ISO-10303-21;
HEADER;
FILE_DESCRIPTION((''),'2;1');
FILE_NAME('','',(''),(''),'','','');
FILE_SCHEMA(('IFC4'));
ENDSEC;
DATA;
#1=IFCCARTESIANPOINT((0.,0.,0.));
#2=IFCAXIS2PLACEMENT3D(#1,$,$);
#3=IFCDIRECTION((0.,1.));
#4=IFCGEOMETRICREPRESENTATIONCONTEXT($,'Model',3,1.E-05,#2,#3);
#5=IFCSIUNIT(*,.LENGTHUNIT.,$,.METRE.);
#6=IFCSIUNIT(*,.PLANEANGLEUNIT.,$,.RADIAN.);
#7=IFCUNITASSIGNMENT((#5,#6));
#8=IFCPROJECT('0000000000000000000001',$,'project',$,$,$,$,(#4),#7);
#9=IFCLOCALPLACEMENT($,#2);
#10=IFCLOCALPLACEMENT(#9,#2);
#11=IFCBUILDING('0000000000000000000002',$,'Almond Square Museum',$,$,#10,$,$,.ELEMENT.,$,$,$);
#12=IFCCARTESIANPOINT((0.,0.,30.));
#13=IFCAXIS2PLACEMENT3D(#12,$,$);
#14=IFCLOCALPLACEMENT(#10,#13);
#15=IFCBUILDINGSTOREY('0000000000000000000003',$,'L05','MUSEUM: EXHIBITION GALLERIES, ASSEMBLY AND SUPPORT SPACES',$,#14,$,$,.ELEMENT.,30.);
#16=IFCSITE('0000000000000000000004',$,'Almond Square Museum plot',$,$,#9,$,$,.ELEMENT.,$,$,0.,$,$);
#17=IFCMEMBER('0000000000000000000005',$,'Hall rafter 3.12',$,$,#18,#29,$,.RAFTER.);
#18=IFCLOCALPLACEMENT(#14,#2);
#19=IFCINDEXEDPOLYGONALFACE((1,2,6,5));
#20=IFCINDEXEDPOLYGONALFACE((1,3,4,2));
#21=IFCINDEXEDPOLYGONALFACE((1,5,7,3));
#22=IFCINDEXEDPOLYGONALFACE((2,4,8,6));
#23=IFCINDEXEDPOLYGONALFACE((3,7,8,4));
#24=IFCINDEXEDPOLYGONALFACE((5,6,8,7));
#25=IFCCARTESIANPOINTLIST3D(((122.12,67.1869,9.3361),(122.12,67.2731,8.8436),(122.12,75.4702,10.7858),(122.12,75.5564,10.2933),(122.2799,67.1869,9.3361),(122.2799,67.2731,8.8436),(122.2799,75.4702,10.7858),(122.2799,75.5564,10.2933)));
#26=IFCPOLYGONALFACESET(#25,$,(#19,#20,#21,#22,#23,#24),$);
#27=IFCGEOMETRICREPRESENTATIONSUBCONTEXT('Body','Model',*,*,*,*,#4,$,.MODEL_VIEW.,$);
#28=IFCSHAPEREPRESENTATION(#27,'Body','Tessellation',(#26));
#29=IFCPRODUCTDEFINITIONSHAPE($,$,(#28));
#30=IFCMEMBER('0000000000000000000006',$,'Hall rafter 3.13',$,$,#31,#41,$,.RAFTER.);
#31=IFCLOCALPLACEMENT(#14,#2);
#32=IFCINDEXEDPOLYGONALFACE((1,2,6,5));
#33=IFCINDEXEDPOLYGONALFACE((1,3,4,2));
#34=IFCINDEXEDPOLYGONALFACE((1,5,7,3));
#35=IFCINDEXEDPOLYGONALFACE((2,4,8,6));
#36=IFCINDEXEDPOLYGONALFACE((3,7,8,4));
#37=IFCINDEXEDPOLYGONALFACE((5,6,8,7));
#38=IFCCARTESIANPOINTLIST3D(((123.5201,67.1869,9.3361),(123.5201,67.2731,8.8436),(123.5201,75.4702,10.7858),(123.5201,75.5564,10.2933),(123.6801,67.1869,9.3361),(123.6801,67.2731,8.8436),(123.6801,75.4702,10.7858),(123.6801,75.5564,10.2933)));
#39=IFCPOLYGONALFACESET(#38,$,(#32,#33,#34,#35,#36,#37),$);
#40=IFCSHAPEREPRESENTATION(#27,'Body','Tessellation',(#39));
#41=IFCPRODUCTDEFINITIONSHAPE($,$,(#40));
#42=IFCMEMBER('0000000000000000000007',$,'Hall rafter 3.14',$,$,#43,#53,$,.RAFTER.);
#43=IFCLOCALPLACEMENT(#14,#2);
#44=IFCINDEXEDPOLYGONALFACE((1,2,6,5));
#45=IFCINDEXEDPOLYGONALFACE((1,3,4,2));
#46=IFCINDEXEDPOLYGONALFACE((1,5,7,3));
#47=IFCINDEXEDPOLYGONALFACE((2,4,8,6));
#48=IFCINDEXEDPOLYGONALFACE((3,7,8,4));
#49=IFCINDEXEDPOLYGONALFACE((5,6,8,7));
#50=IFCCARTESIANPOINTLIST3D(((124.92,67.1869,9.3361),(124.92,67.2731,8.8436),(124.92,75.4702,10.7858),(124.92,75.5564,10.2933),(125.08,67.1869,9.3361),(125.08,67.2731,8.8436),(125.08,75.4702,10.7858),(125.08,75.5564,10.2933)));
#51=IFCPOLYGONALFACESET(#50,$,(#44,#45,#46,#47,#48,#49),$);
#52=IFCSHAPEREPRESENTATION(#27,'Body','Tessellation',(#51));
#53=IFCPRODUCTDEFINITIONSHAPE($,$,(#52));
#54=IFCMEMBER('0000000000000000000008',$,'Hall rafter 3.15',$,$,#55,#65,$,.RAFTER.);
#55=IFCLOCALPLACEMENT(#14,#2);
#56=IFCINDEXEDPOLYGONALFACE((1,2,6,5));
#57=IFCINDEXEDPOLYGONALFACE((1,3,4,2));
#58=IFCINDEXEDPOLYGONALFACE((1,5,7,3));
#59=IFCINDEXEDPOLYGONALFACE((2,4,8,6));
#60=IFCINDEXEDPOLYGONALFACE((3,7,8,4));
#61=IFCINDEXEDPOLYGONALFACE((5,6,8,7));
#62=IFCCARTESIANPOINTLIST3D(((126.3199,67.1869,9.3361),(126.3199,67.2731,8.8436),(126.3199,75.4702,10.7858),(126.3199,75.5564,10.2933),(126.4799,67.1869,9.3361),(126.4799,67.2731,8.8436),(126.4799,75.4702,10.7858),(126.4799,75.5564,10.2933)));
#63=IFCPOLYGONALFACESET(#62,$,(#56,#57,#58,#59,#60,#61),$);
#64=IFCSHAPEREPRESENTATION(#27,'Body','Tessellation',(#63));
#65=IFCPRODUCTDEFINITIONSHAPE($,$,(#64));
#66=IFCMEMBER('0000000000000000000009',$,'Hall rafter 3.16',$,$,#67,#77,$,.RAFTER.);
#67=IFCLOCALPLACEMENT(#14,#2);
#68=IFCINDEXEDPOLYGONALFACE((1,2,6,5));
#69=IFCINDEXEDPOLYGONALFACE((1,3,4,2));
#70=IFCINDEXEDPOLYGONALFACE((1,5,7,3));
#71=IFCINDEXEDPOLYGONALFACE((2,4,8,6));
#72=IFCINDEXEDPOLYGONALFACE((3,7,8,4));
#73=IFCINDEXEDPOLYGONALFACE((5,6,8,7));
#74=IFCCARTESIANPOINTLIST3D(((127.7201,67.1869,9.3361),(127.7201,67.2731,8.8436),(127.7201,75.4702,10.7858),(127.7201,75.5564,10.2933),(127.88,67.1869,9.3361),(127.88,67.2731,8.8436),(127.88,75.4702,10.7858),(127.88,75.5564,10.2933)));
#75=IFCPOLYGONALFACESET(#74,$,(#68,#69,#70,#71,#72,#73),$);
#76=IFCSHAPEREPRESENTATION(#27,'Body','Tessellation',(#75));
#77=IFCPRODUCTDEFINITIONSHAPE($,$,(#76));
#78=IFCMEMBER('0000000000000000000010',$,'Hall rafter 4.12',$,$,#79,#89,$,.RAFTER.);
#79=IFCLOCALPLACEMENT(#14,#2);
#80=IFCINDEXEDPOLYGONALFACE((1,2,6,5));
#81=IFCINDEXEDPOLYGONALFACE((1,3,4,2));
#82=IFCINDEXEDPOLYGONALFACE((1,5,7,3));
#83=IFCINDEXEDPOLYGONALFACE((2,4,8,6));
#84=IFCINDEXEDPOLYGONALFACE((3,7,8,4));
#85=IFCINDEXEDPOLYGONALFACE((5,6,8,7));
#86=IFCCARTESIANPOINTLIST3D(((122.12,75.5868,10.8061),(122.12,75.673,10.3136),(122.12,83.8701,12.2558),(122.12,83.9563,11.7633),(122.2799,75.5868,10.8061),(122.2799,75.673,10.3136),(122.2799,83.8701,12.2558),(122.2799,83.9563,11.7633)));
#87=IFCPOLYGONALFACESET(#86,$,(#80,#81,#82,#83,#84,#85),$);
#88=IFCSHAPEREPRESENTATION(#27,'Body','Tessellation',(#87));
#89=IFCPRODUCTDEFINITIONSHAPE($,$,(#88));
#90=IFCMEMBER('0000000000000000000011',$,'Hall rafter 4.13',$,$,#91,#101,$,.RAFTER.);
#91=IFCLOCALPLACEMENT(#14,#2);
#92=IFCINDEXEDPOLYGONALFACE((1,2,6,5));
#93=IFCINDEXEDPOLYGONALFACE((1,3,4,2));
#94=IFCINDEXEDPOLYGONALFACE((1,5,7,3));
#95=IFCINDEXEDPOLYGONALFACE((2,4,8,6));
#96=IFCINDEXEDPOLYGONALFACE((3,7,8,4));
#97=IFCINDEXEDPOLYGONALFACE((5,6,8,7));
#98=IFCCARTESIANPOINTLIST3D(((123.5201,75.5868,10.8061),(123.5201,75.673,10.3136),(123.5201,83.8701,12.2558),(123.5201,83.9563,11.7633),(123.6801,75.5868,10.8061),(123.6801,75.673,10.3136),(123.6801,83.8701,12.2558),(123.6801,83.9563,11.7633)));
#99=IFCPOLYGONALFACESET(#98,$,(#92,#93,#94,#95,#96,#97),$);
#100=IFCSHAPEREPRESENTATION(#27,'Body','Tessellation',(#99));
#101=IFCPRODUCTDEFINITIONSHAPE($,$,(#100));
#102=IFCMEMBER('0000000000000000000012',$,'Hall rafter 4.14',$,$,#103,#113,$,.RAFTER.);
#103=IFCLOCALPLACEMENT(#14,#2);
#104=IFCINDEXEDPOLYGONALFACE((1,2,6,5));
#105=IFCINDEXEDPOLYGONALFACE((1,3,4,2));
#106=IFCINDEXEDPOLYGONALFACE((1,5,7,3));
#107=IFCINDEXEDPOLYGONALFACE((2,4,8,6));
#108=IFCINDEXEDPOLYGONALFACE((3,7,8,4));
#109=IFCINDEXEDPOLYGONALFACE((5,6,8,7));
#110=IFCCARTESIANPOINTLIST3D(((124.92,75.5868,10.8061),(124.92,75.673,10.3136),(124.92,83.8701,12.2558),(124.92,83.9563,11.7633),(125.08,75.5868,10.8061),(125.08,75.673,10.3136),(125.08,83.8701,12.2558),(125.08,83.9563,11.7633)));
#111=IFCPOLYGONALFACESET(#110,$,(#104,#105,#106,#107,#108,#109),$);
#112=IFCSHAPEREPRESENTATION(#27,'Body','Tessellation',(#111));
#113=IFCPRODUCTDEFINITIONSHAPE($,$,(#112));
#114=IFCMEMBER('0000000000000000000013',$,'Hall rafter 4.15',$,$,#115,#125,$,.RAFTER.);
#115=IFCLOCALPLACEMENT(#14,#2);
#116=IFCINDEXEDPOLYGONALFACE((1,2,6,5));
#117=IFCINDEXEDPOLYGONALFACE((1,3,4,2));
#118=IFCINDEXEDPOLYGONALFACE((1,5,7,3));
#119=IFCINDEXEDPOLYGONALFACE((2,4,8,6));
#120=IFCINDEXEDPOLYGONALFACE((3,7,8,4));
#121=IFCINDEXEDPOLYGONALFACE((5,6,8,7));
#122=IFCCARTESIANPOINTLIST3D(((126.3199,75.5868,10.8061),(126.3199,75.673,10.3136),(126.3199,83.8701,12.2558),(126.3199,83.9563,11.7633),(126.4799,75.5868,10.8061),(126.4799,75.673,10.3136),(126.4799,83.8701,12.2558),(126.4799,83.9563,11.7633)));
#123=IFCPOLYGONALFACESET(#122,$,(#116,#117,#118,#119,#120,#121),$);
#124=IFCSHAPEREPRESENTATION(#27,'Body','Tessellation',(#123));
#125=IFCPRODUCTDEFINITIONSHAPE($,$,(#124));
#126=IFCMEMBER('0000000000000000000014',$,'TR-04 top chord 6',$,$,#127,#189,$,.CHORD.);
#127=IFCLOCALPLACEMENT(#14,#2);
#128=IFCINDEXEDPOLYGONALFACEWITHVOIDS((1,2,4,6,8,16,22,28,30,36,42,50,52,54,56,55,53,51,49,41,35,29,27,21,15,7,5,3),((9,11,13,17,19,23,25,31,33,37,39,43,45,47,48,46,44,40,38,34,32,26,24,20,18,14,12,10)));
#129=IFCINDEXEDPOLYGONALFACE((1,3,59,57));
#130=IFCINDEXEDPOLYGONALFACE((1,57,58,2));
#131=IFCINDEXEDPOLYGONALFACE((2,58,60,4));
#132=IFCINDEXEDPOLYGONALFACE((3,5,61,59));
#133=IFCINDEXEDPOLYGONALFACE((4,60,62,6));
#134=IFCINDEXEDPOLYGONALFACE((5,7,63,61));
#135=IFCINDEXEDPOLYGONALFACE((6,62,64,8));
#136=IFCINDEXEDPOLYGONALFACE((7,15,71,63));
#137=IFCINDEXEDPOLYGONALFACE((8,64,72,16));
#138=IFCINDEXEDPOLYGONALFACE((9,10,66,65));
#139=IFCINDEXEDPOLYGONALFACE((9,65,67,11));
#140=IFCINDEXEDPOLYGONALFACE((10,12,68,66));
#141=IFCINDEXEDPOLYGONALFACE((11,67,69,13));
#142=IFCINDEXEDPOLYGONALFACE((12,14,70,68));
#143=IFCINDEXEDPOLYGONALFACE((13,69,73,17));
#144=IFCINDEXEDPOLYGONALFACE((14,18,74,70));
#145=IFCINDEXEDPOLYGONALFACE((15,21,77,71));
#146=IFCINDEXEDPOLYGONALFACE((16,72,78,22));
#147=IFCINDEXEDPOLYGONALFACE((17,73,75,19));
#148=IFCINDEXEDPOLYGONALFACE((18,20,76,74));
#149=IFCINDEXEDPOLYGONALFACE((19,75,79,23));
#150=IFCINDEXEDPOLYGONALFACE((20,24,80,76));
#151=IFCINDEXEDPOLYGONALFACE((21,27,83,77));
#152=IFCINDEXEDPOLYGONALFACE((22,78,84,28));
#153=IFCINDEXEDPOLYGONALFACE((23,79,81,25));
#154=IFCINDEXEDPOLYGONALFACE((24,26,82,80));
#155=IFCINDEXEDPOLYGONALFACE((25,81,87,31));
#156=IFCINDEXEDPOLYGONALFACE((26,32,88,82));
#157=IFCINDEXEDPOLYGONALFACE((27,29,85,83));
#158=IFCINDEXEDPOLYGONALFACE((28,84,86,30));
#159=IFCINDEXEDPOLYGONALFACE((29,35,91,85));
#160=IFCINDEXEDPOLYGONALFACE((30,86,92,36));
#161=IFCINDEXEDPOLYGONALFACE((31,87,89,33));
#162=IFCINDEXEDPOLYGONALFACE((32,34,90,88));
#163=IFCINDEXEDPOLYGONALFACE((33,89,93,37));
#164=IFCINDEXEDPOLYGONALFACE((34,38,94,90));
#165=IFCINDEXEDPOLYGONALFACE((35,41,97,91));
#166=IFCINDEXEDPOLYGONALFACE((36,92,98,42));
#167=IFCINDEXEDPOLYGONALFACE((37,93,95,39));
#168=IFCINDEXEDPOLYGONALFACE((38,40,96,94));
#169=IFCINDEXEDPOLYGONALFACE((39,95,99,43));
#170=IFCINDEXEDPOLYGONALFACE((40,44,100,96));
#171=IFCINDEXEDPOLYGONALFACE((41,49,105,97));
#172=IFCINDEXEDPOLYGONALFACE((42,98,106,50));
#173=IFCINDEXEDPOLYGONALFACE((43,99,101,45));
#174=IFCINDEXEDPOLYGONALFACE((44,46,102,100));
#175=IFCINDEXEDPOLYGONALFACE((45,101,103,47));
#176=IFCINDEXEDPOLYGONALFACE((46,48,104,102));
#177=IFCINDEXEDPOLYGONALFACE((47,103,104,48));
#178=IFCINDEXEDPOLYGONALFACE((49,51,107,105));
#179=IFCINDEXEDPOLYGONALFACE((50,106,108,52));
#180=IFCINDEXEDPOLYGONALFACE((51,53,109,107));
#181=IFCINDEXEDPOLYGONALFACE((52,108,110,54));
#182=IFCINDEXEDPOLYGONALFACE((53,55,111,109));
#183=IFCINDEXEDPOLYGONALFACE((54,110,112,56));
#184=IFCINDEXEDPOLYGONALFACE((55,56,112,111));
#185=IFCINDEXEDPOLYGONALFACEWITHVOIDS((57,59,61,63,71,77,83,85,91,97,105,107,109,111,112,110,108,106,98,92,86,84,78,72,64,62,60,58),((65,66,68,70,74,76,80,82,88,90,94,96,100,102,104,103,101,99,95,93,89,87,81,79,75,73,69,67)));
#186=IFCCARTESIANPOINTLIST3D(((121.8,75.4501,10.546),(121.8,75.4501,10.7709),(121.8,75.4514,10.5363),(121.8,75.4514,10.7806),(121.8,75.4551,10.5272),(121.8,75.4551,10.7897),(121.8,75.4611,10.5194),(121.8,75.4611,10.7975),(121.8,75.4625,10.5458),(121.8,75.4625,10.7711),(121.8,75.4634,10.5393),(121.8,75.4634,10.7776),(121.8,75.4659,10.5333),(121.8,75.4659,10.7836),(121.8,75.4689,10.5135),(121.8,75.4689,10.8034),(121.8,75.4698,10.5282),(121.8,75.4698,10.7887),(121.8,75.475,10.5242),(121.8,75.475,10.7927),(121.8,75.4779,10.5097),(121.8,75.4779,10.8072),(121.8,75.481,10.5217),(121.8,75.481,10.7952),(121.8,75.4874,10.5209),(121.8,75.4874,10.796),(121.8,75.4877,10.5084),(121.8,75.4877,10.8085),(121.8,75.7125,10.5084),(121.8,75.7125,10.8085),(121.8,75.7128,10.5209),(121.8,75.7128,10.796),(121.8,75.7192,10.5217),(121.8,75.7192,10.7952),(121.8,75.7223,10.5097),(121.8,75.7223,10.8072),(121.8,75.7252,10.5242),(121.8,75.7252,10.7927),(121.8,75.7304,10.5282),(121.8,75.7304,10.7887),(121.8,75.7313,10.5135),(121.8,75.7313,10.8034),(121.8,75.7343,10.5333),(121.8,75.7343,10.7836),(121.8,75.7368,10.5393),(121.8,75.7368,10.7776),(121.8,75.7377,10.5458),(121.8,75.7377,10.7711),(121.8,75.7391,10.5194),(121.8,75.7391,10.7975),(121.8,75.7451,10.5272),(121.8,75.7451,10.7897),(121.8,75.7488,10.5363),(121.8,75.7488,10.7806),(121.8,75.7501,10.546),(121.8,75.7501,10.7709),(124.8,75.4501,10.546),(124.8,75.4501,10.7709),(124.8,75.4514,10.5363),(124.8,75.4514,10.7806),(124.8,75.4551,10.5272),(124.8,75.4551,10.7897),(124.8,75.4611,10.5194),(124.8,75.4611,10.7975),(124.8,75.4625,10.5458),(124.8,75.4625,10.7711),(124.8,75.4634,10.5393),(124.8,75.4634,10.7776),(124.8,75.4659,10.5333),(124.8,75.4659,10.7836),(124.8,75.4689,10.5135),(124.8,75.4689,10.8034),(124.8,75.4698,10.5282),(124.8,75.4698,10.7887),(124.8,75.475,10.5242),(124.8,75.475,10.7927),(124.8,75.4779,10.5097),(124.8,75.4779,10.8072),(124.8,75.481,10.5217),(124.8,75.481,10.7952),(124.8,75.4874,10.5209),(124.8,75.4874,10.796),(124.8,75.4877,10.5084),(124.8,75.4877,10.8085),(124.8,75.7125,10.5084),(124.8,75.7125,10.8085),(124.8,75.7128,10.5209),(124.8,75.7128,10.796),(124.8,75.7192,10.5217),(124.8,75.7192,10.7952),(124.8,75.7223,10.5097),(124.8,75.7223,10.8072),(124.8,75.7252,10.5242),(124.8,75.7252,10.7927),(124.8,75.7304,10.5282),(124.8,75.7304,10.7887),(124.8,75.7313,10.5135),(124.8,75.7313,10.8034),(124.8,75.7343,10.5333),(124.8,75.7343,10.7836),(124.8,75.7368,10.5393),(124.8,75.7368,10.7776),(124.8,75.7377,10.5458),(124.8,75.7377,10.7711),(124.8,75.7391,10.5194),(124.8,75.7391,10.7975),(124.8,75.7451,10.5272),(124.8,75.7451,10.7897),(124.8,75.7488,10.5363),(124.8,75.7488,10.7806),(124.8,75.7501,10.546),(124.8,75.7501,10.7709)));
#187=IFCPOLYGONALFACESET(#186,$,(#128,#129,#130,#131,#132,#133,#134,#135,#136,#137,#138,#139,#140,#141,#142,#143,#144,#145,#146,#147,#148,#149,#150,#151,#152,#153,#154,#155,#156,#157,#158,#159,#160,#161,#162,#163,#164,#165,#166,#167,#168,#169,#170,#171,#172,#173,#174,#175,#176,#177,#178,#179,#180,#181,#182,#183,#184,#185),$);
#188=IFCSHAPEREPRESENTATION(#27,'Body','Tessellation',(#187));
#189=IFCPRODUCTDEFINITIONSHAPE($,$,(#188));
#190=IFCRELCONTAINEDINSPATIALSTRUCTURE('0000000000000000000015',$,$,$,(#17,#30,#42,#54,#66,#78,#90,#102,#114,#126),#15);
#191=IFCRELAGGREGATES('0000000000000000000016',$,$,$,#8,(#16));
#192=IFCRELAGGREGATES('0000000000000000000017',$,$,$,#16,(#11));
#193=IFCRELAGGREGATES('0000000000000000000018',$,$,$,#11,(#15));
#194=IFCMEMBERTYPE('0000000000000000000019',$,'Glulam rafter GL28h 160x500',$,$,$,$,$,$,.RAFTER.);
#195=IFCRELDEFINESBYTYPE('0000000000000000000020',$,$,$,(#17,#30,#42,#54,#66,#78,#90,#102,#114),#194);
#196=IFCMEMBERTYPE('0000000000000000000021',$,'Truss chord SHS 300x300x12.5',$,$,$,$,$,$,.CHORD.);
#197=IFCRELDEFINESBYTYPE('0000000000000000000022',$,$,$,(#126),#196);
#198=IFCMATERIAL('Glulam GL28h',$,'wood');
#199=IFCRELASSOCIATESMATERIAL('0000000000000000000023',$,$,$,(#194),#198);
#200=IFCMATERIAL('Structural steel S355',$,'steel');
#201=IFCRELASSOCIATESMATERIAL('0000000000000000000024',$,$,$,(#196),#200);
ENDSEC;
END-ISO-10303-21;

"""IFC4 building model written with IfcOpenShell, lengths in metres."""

from ifc_helpers import new_model, si_unit, direction, frame, origin, origin_2d, place, context, subcontext, project, spatial, rectangle, hollow_rectangle, extrude, material, material_profile, profile_set, type_object, element, save


model = new_model("IFC4")

# Units and contexts
model_context = context("Model", 3, precision=1e-05, world=origin(), true_north=direction((0.0, 1.0)))
body_context = subcontext(model_context, "Body", "Model", "MODEL_VIEW")
ifc_project = project(units=[si_unit("LENGTHUNIT", "METRE"), si_unit("PLANEANGLEUNIT", "RADIAN")], contexts=[model_context])

# Site, building, storey
site_placement = place(None, origin())
site = spatial("IfcSite", under=ifc_project, at=site_placement, Name="Almond Square Museum plot", CompositionType="ELEMENT", RefElevation=0.0)
building_placement = place(site_placement, origin())
building = spatial("IfcBuilding", under=site, at=building_placement, Name="Almond Square Museum", CompositionType="ELEMENT")
storey_placement = place(building_placement, frame((0.0, 0.0, 30.0)))
storey = spatial("IfcBuildingStorey", under=building, at=storey_placement, Name="L05", Description="MUSEUM: EXHIBITION GALLERIES, ASSEMBLY AND SUPPORT SPACES", CompositionType="ELEMENT", Elevation=30.0)

# Members
ifc_material_1 = material(Name="Glulam GL28h", Category="wood")
ifc_material_profile_1 = material_profile(ifc_material_1, rectangle(XDim=0.1599, YDim=0.5, at=origin_2d()))
ifc_profile_set_1 = profile_set([ifc_material_profile_1], Name="Glulam GL28h")
member_type_1 = type_object("IfcMemberType", Name="Glulam rafter GL28h 160x500", PredefinedType="RAFTER", material=ifc_profile_set_1)
for number, where, z_axis, x_axis, name in (
    (1, (122.2, 67.23, 9.0898), (0.0, 0.985028, 0.172397), (-1.0, 0.0, 0.0), "Hall rafter 3.12"),
    (2, (123.6001, 67.23, 9.0898), (0.0, 0.985028, 0.172397), (-1.0, 0.0, 0.0), "Hall rafter 3.13"),
    (3, (125.0, 67.23, 9.0898), (0.0, 0.985028, 0.172397), (-1.0, 0.0, 0.0), "Hall rafter 3.14"),
    (4, (126.3999, 67.23, 9.0898), (0.0, 0.985028, 0.172397), (-1.0, 0.0, 0.0), "Hall rafter 3.15"),
    (5, (127.8, 67.23, 9.0898), (0.0, 0.985028, 0.172397), (-1.0, 0.0, 0.0), "Hall rafter 3.16"),
    (6, (122.2, 75.6299, 10.5598), (0.0, 0.985028, 0.172397), (-1.0, 0.0, 0.0), "Hall rafter 4.12"),
    (7, (123.6001, 75.6299, 10.5598), (0.0, 0.985028, 0.172397), (-1.0, 0.0, 0.0), "Hall rafter 4.13"),
    (8, (125.0, 75.6299, 10.5598), (0.0, 0.985028, 0.172397), (-1.0, 0.0, 0.0), "Hall rafter 4.14"),
    (9, (126.3999, 75.6299, 10.5598), (0.0, 0.985028, 0.172397), (-1.0, 0.0, 0.0), "Hall rafter 4.15"),
):
    element("IfcMember", number, at=place(storey_placement, frame(where, z_axis=z_axis, x_axis=x_axis)), inside=storey, type_object=member_type_1, Name=name, PredefinedType="RAFTER", context=body_context, shape_type="SweptSolid", body=[
        extrude(rectangle(XDim=0.1599, YDim=0.5, at=origin_2d()), origin(), (0.0, 0.0, 1.0), 8.4092),
    ])
ifc_material_2 = material(Name="Structural steel S355", Category="steel")
ifc_material_profile_2 = material_profile(ifc_material_2, hollow_rectangle(XDim=0.3, YDim=0.3, WallThickness=0.0125, InnerFilletRadius=0.0249, OuterFilletRadius=0.0376, at=origin_2d()))
ifc_profile_set_2 = profile_set([ifc_material_profile_2], Name="Structural steel S355")
member_type_2 = type_object("IfcMemberType", Name="Truss chord SHS 300x300x12.5", PredefinedType="CHORD", material=ifc_profile_set_2)
for number, where, z_axis, x_axis, name in (
    (10, (121.8, 75.6001, 10.6584), (1.0, 0.0, 0.0), (0.0, 1.0, 0.0), "TR-04 top chord 6"),
):
    element("IfcMember", number, at=place(storey_placement, frame(where, z_axis=z_axis, x_axis=x_axis)), inside=storey, type_object=member_type_2, Name=name, PredefinedType="CHORD", context=body_context, shape_type="SweptSolid", body=[
        extrude(hollow_rectangle(XDim=0.3, YDim=0.3, WallThickness=0.0125, InnerFilletRadius=0.0249, OuterFilletRadius=0.0376, at=origin_2d()), origin(), (0.0, 0.0, 1.0), 3.0),
    ])

save(model, "model.ifc")
